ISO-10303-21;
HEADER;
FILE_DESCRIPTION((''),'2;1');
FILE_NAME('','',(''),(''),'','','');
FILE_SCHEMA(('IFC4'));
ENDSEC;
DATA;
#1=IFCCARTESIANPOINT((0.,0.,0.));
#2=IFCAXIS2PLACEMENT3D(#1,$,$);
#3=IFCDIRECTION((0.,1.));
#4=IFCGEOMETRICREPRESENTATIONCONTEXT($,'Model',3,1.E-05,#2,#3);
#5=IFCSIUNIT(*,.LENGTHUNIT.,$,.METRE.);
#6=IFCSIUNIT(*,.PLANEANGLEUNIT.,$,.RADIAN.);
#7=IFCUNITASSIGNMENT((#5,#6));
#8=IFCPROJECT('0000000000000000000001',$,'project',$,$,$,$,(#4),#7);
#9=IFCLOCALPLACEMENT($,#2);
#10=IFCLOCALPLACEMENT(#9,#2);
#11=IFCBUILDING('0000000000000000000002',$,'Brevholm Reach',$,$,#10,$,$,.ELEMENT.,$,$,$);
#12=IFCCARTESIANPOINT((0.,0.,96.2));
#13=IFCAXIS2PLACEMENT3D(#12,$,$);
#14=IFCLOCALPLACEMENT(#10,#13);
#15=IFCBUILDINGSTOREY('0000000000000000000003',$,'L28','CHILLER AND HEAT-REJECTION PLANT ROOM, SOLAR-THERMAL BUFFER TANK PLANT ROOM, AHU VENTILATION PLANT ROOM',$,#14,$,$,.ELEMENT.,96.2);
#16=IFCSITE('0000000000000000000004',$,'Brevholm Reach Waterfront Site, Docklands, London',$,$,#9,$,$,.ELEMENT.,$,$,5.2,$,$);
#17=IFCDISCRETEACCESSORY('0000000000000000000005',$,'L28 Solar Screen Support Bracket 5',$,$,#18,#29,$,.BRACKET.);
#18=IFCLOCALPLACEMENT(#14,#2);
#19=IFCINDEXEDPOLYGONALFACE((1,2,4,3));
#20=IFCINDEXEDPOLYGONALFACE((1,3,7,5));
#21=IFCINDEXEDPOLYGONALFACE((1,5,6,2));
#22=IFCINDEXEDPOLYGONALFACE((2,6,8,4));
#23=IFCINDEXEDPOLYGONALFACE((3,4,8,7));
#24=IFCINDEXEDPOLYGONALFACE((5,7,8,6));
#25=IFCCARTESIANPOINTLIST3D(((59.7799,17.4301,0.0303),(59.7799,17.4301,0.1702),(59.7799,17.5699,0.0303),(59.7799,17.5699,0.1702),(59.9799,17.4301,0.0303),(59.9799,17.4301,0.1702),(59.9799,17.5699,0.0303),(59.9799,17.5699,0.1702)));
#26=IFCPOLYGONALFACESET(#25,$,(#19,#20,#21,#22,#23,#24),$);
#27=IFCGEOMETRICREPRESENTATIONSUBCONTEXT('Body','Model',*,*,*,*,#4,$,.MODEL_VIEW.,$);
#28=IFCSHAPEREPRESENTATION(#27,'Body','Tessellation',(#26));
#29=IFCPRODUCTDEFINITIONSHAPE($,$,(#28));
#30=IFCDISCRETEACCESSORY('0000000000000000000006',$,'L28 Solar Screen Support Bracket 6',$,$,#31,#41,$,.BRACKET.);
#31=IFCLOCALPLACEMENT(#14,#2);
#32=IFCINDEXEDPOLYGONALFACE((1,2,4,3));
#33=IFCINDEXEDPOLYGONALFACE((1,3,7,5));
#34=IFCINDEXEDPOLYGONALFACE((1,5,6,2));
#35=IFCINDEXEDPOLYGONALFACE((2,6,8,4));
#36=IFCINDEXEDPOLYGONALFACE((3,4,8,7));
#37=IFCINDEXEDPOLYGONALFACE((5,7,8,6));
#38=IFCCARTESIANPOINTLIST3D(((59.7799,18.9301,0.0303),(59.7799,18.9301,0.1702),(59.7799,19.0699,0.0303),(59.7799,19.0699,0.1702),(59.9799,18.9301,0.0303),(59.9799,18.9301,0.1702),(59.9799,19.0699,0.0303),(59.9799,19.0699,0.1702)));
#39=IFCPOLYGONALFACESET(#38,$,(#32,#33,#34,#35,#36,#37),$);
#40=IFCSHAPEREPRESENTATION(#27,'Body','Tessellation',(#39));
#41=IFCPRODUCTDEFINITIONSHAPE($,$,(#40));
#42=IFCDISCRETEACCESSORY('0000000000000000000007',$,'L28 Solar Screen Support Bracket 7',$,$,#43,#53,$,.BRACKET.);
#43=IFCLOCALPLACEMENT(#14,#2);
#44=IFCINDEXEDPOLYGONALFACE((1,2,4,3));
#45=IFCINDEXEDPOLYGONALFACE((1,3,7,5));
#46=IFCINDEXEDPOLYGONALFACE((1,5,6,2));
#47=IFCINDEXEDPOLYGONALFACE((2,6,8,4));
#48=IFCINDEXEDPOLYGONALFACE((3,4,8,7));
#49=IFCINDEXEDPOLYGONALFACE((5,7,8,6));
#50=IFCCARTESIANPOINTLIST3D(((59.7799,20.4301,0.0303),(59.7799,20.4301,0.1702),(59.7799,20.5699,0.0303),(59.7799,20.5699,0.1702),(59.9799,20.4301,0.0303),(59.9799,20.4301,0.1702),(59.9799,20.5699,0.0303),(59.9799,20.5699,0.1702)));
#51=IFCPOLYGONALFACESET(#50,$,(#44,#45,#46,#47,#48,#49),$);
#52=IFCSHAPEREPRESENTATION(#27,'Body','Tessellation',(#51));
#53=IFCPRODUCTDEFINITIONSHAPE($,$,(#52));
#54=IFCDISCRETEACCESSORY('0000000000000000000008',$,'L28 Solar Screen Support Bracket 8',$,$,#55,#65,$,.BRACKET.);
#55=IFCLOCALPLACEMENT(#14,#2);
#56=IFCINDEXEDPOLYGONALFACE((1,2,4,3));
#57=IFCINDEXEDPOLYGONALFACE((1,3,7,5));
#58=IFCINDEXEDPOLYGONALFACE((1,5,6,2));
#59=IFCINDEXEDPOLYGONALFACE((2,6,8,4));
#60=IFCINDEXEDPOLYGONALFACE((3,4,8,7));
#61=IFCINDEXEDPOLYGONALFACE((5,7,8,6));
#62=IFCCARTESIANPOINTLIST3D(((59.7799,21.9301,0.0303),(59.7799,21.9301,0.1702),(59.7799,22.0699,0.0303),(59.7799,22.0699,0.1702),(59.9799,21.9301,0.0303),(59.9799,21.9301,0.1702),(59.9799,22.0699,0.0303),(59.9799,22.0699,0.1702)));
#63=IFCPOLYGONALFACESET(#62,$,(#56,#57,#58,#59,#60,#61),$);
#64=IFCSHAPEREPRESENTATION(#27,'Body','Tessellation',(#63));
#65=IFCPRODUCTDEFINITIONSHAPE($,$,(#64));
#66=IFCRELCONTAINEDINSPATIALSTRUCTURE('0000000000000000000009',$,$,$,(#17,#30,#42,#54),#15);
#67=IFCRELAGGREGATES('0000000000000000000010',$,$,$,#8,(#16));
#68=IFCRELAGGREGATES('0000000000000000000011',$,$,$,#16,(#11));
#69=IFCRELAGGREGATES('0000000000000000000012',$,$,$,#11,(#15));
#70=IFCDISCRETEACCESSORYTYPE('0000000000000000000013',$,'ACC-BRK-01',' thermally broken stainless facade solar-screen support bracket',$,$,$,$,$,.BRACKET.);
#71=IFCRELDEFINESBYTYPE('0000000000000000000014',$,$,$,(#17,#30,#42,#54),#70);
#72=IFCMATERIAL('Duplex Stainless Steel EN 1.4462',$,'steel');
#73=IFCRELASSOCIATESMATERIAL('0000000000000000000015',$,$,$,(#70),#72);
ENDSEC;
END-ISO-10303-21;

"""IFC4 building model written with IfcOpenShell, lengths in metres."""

from ifc_helpers import new_model, si_unit, direction, frame, origin, origin_2d, place, context, subcontext, project, spatial, rectangle, extrude, material, type_object, element, save


model = new_model("IFC4")

# Units and contexts
model_context = context("Model", 3, precision=1e-05, world=origin(), true_north=direction((0.0, 1.0)))
body_context = subcontext(model_context, "Body", "Model", "MODEL_VIEW")
ifc_project = project(units=[si_unit("LENGTHUNIT", "METRE"), si_unit("PLANEANGLEUNIT", "RADIAN")], contexts=[model_context])

# Site, building, storey
site_placement = place(None, origin())
site = spatial("IfcSite", under=ifc_project, at=site_placement, Name="Brevholm Reach Waterfront Site, Docklands, London", CompositionType="ELEMENT", RefElevation=5.2)
building_placement = place(site_placement, origin())
building = spatial("IfcBuilding", under=site, at=building_placement, Name="Brevholm Reach", CompositionType="ELEMENT")
storey_placement = place(building_placement, frame((0.0, 0.0, 96.2)))
storey = spatial("IfcBuildingStorey", under=building, at=storey_placement, Name="L28", Description="CHILLER AND HEAT-REJECTION PLANT ROOM, SOLAR-THERMAL BUFFER TANK PLANT ROOM, AHU VENTILATION PLANT ROOM", CompositionType="ELEMENT", Elevation=96.2)

# Discrete accessories
ifc_material_1 = material(Name="Duplex Stainless Steel EN 1.4462", Category="steel")
discrete_accessory_type = type_object("IfcDiscreteAccessoryType", Name="ACC-BRK-01", Description=" thermally broken stainless facade solar-screen support bracket", PredefinedType="BRACKET", material=ifc_material_1)
for number, where, z_axis, x_axis, name in (
    (1, (59.8799, 17.5, 0.0303), (0.0, 0.0, 1.0), (1.0, 0.0, 0.0), "L28 Solar Screen Support Bracket 5"),
    (2, (59.8799, 19.0, 0.0303), (0.0, 0.0, 1.0), (1.0, 0.0, 0.0), "L28 Solar Screen Support Bracket 6"),
    (3, (59.8799, 20.5, 0.0303), (0.0, 0.0, 1.0), (1.0, 0.0, 0.0), "L28 Solar Screen Support Bracket 7"),
    (4, (59.8799, 22.0, 0.0303), (0.0, 0.0, 1.0), (1.0, 0.0, 0.0), "L28 Solar Screen Support Bracket 8"),
):
    element("IfcDiscreteAccessory", number, at=place(storey_placement, frame(where, z_axis=z_axis, x_axis=x_axis)), inside=storey, type_object=discrete_accessory_type, Name=name, PredefinedType="BRACKET", context=body_context, shape_type="SweptSolid", body=[
        extrude(rectangle(XDim=0.2, YDim=0.1399, at=origin_2d()), origin(), (0.0, 0.0, 1.0), 0.1399),
    ])

save(model, "model.ifc")
